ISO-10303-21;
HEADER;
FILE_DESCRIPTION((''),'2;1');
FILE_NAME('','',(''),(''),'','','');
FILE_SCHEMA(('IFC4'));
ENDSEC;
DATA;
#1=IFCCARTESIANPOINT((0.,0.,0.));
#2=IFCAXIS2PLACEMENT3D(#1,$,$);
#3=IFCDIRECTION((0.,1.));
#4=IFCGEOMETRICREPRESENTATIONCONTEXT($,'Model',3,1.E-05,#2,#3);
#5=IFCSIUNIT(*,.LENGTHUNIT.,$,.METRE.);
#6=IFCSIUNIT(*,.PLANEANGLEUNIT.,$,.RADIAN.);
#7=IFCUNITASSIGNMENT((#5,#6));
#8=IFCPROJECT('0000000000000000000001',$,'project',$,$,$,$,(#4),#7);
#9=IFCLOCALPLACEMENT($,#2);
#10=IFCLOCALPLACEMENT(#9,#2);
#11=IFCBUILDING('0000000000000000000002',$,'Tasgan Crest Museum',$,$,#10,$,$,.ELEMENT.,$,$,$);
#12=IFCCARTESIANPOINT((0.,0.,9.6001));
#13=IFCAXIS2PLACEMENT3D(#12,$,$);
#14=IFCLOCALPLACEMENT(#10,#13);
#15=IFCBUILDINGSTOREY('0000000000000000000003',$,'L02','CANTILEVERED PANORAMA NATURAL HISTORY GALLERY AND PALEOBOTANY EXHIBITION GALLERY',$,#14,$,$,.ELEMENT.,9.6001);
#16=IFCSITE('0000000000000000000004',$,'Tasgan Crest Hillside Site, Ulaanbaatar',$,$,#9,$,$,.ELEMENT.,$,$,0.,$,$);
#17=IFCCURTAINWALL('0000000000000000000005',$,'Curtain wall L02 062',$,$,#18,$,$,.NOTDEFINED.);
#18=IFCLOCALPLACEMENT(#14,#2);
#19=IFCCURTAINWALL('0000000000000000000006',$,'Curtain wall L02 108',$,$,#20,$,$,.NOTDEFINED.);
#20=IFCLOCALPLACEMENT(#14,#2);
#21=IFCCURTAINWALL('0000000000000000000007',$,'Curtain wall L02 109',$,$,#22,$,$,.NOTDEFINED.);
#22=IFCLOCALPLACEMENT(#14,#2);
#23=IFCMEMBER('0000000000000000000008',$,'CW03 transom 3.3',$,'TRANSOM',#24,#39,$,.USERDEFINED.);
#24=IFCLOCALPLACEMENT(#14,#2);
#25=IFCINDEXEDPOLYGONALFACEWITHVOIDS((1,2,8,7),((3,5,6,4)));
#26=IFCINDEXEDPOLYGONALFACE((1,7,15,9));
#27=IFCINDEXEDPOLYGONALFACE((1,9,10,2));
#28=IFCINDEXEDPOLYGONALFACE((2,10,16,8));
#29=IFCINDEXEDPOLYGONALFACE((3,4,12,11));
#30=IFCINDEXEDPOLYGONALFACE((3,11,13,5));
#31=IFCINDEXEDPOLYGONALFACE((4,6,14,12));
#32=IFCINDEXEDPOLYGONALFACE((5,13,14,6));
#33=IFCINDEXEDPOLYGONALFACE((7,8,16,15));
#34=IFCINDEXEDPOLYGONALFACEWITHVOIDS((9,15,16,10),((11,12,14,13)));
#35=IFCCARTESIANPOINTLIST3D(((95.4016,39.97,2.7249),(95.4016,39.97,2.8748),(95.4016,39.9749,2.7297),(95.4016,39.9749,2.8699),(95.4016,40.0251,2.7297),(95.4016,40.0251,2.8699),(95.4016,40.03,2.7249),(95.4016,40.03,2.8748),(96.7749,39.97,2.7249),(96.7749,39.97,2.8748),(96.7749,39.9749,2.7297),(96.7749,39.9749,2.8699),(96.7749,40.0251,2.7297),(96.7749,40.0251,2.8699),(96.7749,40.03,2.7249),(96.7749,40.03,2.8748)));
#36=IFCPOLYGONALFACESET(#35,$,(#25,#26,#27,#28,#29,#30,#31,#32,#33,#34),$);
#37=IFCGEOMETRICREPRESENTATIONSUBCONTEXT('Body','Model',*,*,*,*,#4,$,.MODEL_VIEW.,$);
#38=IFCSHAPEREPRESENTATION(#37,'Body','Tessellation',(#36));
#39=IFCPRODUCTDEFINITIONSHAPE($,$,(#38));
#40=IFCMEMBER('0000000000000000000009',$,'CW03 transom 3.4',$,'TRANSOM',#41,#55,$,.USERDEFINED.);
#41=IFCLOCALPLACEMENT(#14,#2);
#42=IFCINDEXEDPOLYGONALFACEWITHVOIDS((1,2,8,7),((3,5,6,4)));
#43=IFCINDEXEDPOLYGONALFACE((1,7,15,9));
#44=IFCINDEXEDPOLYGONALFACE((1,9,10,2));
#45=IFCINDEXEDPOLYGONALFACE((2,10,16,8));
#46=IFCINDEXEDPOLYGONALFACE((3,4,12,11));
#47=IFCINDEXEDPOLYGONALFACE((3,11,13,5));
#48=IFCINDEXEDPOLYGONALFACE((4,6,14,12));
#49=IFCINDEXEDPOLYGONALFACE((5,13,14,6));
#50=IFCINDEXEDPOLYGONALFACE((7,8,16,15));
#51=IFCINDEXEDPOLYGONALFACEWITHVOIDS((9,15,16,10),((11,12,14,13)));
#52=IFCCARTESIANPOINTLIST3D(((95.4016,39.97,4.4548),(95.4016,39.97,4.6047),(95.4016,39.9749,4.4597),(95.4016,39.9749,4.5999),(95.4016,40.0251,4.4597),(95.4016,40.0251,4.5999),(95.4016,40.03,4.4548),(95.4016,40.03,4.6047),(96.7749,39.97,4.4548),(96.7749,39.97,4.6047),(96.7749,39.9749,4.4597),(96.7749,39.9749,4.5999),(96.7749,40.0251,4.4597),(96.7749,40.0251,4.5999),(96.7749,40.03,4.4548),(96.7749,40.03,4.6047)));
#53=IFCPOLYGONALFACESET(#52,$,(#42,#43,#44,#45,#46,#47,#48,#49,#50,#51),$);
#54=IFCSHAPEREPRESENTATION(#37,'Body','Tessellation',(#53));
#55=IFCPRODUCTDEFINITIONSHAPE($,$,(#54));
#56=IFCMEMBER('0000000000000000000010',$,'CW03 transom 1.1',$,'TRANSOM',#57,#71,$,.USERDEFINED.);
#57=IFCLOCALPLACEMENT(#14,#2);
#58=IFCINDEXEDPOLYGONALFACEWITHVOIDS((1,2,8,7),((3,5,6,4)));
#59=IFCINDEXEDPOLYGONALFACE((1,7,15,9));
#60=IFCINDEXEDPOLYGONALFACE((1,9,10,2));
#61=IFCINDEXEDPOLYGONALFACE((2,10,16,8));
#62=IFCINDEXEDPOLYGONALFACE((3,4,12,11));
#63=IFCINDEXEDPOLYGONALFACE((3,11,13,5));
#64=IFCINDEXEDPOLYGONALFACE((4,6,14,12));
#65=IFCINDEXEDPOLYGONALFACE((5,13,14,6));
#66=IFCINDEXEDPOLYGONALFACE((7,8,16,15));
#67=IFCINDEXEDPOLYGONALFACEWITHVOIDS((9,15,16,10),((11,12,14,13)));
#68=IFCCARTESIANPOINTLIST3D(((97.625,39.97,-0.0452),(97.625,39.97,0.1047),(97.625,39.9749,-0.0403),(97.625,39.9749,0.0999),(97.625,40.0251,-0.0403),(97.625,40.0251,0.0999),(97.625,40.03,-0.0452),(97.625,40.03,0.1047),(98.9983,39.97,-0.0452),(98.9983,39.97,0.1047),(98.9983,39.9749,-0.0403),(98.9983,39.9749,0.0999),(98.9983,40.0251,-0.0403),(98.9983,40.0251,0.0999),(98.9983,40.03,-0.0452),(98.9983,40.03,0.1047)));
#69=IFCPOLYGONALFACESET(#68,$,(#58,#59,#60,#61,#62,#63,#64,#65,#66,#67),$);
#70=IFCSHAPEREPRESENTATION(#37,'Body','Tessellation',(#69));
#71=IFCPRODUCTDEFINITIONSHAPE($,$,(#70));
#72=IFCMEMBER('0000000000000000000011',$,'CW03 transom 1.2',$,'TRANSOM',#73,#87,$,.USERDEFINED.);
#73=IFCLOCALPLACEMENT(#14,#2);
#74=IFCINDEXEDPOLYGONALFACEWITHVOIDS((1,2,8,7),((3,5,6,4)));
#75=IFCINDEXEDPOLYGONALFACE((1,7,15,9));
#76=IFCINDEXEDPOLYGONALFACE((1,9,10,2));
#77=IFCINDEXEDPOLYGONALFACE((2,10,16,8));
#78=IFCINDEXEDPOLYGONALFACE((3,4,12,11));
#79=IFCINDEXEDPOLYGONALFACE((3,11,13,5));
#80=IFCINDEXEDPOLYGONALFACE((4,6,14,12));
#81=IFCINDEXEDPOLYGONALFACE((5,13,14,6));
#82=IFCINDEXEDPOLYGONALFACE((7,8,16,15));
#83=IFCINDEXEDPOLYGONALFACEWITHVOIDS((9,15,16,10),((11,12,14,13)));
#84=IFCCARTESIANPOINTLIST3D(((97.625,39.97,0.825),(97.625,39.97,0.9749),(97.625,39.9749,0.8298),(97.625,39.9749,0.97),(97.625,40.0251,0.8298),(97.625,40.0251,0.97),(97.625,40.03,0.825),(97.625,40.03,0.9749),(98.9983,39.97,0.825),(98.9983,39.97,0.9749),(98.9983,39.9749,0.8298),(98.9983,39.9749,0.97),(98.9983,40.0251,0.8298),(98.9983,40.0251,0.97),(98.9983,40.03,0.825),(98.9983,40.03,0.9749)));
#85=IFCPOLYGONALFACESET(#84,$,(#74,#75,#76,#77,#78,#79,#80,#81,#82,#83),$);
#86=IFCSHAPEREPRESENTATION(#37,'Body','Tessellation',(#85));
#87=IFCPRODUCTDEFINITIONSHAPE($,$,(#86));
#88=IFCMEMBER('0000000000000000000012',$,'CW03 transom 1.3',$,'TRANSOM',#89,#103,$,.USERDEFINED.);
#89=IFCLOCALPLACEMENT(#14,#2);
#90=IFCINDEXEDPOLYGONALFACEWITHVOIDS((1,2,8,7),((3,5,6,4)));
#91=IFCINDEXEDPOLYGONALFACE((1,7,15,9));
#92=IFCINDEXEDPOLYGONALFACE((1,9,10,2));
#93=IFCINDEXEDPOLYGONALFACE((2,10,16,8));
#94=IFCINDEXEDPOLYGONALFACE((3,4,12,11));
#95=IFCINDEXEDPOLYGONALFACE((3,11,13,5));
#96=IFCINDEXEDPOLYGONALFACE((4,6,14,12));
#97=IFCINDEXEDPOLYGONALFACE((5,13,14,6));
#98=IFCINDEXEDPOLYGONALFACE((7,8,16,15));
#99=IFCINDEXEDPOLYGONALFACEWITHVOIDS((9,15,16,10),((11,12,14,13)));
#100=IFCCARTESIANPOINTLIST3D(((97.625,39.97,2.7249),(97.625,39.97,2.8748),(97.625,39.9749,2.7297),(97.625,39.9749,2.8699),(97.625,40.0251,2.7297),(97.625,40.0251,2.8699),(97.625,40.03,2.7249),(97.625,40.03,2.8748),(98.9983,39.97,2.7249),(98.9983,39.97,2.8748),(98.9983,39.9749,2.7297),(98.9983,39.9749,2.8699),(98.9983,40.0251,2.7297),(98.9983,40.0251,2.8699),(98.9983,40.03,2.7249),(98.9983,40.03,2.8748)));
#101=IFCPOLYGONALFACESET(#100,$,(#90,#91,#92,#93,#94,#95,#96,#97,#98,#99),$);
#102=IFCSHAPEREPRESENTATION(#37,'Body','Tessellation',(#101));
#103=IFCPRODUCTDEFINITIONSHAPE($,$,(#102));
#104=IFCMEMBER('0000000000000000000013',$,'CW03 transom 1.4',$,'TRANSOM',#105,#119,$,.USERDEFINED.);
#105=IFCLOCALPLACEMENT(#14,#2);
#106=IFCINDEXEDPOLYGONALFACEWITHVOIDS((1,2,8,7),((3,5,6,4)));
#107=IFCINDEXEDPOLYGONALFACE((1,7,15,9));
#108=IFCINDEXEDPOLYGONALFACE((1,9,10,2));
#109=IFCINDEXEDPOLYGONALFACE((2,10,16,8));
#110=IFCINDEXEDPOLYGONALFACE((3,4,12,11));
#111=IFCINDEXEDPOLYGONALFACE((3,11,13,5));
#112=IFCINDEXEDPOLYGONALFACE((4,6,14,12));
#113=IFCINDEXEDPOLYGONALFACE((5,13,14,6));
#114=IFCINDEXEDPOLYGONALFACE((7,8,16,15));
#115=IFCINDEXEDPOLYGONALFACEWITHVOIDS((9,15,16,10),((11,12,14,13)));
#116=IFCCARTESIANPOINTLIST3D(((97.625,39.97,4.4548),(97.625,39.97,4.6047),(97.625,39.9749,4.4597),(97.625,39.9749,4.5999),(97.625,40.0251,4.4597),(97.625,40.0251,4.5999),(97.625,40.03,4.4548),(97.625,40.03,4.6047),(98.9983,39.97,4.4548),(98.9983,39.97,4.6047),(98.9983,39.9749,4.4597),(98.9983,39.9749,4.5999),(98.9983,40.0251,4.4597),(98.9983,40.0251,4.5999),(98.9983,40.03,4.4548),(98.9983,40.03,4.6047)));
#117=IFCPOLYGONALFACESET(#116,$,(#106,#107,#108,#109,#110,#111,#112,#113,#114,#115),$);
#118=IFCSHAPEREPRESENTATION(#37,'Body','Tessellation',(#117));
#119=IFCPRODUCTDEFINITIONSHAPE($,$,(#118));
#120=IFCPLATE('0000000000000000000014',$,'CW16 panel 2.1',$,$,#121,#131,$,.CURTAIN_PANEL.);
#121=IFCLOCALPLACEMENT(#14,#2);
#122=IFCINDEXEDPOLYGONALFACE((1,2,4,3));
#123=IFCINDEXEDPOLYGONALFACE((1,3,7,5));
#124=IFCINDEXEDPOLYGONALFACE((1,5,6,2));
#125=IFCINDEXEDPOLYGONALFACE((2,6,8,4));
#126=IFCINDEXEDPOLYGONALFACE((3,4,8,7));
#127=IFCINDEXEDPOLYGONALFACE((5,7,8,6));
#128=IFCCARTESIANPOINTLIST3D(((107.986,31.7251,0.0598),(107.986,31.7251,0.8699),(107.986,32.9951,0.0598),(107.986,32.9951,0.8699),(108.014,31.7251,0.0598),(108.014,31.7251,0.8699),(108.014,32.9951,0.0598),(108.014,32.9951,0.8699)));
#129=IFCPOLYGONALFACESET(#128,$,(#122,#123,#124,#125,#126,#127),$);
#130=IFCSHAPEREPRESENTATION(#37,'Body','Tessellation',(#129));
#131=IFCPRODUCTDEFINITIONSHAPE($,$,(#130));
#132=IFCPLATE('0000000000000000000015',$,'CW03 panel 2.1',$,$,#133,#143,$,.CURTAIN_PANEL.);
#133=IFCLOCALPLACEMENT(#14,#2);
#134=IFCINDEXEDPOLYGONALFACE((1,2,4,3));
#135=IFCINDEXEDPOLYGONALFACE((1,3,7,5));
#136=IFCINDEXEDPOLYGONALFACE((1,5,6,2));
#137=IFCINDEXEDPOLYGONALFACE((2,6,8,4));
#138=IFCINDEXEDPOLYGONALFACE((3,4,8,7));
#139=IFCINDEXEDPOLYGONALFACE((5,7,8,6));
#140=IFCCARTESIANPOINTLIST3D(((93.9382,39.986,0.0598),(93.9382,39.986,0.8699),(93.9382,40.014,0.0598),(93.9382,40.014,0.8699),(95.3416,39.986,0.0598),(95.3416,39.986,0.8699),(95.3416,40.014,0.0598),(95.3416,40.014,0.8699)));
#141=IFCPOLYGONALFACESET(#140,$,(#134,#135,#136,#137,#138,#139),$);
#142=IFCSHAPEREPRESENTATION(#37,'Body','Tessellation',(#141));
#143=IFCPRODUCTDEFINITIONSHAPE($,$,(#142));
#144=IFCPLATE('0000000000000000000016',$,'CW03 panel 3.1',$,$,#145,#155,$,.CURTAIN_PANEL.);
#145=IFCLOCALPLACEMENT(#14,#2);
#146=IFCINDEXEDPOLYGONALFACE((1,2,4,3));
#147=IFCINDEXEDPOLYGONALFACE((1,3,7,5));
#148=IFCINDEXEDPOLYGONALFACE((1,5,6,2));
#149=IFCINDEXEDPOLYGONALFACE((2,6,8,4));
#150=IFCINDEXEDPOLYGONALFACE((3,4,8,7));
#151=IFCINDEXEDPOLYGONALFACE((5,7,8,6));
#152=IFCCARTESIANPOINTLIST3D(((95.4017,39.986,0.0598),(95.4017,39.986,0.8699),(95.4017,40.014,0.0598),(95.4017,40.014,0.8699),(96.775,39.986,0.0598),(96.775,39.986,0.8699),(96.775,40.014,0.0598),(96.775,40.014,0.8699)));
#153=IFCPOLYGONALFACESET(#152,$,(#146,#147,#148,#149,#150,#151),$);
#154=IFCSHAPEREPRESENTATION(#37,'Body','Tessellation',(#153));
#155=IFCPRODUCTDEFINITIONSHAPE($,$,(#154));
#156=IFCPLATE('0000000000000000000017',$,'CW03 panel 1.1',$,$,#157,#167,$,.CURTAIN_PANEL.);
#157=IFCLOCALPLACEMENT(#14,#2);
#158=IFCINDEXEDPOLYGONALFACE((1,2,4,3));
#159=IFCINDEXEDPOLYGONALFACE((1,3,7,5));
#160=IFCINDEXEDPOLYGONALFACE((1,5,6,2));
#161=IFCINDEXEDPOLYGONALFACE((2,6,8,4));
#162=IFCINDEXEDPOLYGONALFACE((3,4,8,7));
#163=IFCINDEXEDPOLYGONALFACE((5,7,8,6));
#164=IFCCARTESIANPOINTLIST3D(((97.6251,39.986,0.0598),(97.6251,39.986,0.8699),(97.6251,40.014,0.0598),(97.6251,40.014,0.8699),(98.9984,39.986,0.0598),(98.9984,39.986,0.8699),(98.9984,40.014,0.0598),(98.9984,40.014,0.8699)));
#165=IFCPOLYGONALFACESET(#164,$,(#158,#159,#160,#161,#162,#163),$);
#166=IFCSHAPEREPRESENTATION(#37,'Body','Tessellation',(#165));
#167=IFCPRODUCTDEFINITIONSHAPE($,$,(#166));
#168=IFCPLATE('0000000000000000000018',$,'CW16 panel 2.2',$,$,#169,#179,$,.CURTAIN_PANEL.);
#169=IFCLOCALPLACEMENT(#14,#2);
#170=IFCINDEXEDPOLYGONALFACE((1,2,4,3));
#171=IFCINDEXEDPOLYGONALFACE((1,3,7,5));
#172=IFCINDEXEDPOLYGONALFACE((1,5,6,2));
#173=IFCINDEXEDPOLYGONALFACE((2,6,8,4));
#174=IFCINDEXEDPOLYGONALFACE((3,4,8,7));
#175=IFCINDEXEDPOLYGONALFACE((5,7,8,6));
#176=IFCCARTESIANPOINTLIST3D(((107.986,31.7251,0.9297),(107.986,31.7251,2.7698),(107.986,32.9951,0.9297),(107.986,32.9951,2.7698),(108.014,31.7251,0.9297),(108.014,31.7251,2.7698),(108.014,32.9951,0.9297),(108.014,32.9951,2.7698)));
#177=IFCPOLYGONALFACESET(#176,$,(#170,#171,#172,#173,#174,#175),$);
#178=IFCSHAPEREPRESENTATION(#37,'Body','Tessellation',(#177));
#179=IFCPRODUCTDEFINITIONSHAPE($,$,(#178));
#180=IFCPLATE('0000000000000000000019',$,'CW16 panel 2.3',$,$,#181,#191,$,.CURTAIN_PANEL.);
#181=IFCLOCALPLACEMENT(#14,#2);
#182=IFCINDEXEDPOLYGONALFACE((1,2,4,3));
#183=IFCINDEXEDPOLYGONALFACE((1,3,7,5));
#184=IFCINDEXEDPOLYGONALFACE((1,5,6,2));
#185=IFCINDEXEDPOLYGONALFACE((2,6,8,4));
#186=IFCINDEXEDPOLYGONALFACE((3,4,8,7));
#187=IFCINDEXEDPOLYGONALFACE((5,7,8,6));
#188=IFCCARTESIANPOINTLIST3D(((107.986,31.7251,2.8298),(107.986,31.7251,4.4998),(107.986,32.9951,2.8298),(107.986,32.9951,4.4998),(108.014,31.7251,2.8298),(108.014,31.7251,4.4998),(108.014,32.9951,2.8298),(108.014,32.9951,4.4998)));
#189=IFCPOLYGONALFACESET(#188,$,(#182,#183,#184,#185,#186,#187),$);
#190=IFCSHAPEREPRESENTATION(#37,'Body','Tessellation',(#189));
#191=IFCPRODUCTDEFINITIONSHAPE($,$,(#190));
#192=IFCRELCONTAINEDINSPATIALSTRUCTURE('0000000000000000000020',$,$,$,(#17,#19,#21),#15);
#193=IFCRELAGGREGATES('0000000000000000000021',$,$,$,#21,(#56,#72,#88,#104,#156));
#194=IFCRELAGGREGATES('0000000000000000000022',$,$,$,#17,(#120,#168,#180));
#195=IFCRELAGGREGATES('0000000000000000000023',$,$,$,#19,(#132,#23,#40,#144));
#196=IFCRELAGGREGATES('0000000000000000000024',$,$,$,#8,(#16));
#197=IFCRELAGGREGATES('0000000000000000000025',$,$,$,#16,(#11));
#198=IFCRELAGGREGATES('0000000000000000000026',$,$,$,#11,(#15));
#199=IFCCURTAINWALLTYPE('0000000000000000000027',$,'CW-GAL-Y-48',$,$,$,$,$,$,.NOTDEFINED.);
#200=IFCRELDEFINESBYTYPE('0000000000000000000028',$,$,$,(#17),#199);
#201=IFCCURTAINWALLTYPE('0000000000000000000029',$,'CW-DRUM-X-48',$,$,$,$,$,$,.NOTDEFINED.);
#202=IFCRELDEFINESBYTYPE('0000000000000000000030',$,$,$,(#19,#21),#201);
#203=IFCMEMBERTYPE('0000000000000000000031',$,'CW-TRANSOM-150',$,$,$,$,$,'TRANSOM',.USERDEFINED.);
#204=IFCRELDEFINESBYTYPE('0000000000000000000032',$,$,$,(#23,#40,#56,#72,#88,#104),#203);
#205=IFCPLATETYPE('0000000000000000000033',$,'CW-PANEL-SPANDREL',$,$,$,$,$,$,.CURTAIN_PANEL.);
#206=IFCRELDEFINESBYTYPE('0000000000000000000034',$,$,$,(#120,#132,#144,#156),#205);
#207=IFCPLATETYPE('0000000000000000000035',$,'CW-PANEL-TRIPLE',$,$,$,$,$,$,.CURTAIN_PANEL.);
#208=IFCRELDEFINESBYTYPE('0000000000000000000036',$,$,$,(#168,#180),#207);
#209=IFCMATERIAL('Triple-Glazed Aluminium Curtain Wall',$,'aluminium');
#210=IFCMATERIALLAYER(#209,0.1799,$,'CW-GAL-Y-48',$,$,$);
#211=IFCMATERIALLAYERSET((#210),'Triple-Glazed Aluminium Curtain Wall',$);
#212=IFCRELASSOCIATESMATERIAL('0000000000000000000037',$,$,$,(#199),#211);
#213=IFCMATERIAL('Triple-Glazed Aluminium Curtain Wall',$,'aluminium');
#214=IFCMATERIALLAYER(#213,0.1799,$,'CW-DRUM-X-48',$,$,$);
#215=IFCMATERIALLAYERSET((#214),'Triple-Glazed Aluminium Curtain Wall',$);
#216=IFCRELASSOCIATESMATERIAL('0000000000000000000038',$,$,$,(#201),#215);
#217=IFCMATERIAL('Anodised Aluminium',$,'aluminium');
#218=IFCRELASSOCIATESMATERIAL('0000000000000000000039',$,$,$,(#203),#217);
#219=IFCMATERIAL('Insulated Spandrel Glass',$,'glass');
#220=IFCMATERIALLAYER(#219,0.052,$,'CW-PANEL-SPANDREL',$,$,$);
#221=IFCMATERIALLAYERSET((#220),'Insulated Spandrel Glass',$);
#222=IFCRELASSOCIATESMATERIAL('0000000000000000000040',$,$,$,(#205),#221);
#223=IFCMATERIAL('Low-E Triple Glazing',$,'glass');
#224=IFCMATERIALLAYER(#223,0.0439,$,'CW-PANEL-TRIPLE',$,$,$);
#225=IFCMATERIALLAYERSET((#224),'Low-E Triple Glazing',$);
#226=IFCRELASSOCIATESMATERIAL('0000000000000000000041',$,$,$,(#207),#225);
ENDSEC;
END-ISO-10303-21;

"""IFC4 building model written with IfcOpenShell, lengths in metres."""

from ifc_helpers import new_model, si_unit, direction, frame, origin, origin_2d, place, context, subcontext, project, spatial, rectangle, hollow_rectangle, extrude, material, layer, layer_set, material_profile, profile_set, type_object, element, aggregate, save


model = new_model("IFC4")

# Units and contexts
model_context = context("Model", 3, precision=1e-05, world=origin(), true_north=direction((0.0, 1.0)))
body_context = subcontext(model_context, "Body", "Model", "MODEL_VIEW")
ifc_project = project(units=[si_unit("LENGTHUNIT", "METRE"), si_unit("PLANEANGLEUNIT", "RADIAN")], contexts=[model_context])

# Site, building, storey
site_placement = place(None, origin())
site = spatial("IfcSite", under=ifc_project, at=site_placement, Name="Tasgan Crest Hillside Site, Ulaanbaatar", CompositionType="ELEMENT", RefElevation=0.0)
building_placement = place(site_placement, origin())
building = spatial("IfcBuilding", under=site, at=building_placement, Name="Tasgan Crest Museum", CompositionType="ELEMENT")
storey_placement = place(building_placement, frame((0.0, 0.0, 9.6001)))
storey = spatial("IfcBuildingStorey", under=building, at=storey_placement, Name="L02", Description="CANTILEVERED PANORAMA NATURAL HISTORY GALLERY AND PALEOBOTANY EXHIBITION GALLERY", CompositionType="ELEMENT", Elevation=9.6001)

# Curtain wall
ifc_material_1 = material(Name="Triple-Glazed Aluminium Curtain Wall", Category="aluminium")
ifc_layer_1 = layer(ifc_material_1, 0.1799, Name="CW-GAL-Y-48")
ifc_layer_set_1 = layer_set([ifc_layer_1], Name="Triple-Glazed Aluminium Curtain Wall")
curtain_wall_type_1 = type_object("IfcCurtainWallType", Name="CW-GAL-Y-48", PredefinedType="NOTDEFINED", material=ifc_layer_set_1)
curtain_wall_1_placement = place(storey_placement, origin())
curtain_wall_1 = element("IfcCurtainWall", 1, at=curtain_wall_1_placement, inside=storey, type_object=curtain_wall_type_1, Name="Curtain wall L02 062", PredefinedType="NOTDEFINED")

# Curtain wall
ifc_material_2 = material(Name="Triple-Glazed Aluminium Curtain Wall", Category="aluminium")
ifc_layer_2 = layer(ifc_material_2, 0.1799, Name="CW-DRUM-X-48")
ifc_layer_set_2 = layer_set([ifc_layer_2], Name="Triple-Glazed Aluminium Curtain Wall")
curtain_wall_type_2 = type_object("IfcCurtainWallType", Name="CW-DRUM-X-48", PredefinedType="NOTDEFINED", material=ifc_layer_set_2)
curtain_wall_2_placement = place(storey_placement, origin())
curtain_wall_2 = element("IfcCurtainWall", 2, at=curtain_wall_2_placement, inside=storey, type_object=curtain_wall_type_2, Name="Curtain wall L02 108", PredefinedType="NOTDEFINED")

# Curtain wall
curtain_wall_3_placement = place(storey_placement, origin())
curtain_wall_3 = element("IfcCurtainWall", 3, at=curtain_wall_3_placement, inside=storey, type_object=curtain_wall_type_2, Name="Curtain wall L02 109", PredefinedType="NOTDEFINED")

# Members
ifc_material_3 = material(Name="Anodised Aluminium", Category="aluminium")
ifc_material_profile_1 = material_profile(ifc_material_3, hollow_rectangle(XDim=0.0601, YDim=0.1499, WallThickness=0.0049, at=origin_2d()), Name="ALU TRANSOM 150x60x5")
ifc_profile_set_1 = profile_set([ifc_material_profile_1], Name="Anodised Aluminium")
member_type_1 = type_object("IfcMemberType", Name="CW-TRANSOM-150", ElementType="TRANSOM", PredefinedType="USERDEFINED", material=ifc_profile_set_1)
member_1_placement = place(storey_placement, frame((95.4016, 40.0, 2.7998), z_axis=(1.0, 0.0, 0.0), x_axis=(0.0, 1.0, 0.0)))
member_1 = element("IfcMember", 4, at=member_1_placement, type_object=member_type_1, Name="CW03 transom 3.3", ObjectType="TRANSOM", PredefinedType="USERDEFINED", context=body_context, shape_type="SweptSolid", body=[
    extrude(hollow_rectangle(XDim=0.0601, YDim=0.1499, WallThickness=0.0049, at=origin_2d()), origin(), (0.0, 0.0, 1.0), 1.3733),
])
member_2_placement = place(storey_placement, frame((95.4016, 40.0, 4.5298), z_axis=(1.0, 0.0, 0.0), x_axis=(0.0, 1.0, 0.0)))
member_2 = element("IfcMember", 5, at=member_2_placement, type_object=member_type_1, Name="CW03 transom 3.4", ObjectType="TRANSOM", PredefinedType="USERDEFINED", context=body_context, shape_type="SweptSolid", body=[
    extrude(hollow_rectangle(XDim=0.0601, YDim=0.1499, WallThickness=0.0049, at=origin_2d()), origin(), (0.0, 0.0, 1.0), 1.3733),
])
member_3_placement = place(storey_placement, frame((97.625, 40.0, 0.0298), z_axis=(1.0, 0.0, 0.0), x_axis=(0.0, 1.0, 0.0)))
member_3 = element("IfcMember", 6, at=member_3_placement, type_object=member_type_1, Name="CW03 transom 1.1", ObjectType="TRANSOM", PredefinedType="USERDEFINED", context=body_context, shape_type="SweptSolid", body=[
    extrude(hollow_rectangle(XDim=0.0601, YDim=0.1499, WallThickness=0.0049, at=origin_2d()), origin(), (0.0, 0.0, 1.0), 1.3733),
])
member_4_placement = place(storey_placement, frame((97.625, 40.0, 0.8999), z_axis=(1.0, 0.0, 0.0), x_axis=(0.0, 1.0, 0.0)))
member_4 = element("IfcMember", 7, at=member_4_placement, type_object=member_type_1, Name="CW03 transom 1.2", ObjectType="TRANSOM", PredefinedType="USERDEFINED", context=body_context, shape_type="SweptSolid", body=[
    extrude(hollow_rectangle(XDim=0.0601, YDim=0.1499, WallThickness=0.0049, at=origin_2d()), origin(), (0.0, 0.0, 1.0), 1.3733),
])
member_5_placement = place(storey_placement, frame((97.625, 40.0, 2.7998), z_axis=(1.0, 0.0, 0.0), x_axis=(0.0, 1.0, 0.0)))
member_5 = element("IfcMember", 8, at=member_5_placement, type_object=member_type_1, Name="CW03 transom 1.3", ObjectType="TRANSOM", PredefinedType="USERDEFINED", context=body_context, shape_type="SweptSolid", body=[
    extrude(hollow_rectangle(XDim=0.0601, YDim=0.1499, WallThickness=0.0049, at=origin_2d()), origin(), (0.0, 0.0, 1.0), 1.3733),
])
member_6_placement = place(storey_placement, frame((97.625, 40.0, 4.5298), z_axis=(1.0, 0.0, 0.0), x_axis=(0.0, 1.0, 0.0)))
member_6 = element("IfcMember", 9, at=member_6_placement, type_object=member_type_1, Name="CW03 transom 1.4", ObjectType="TRANSOM", PredefinedType="USERDEFINED", context=body_context, shape_type="SweptSolid", body=[
    extrude(hollow_rectangle(XDim=0.0601, YDim=0.1499, WallThickness=0.0049, at=origin_2d()), origin(), (0.0, 0.0, 1.0), 1.3733),
])

# Plates
ifc_material_4 = material(Name="Insulated Spandrel Glass", Category="glass")
ifc_layer_3 = layer(ifc_material_4, 0.052, Name="CW-PANEL-SPANDREL")
ifc_layer_set_3 = layer_set([ifc_layer_3], Name="Insulated Spandrel Glass")
plate_type_1 = type_object("IfcPlateType", Name="CW-PANEL-SPANDREL", PredefinedType="CURTAIN_PANEL", material=ifc_layer_set_3)
plate_1_placement = place(storey_placement, frame((108.0, 32.3601, 0.0598), z_axis=(0.0, 0.0, 1.0), x_axis=(0.0, -1.0, 0.0)))
plate_1 = element("IfcPlate", 10, at=plate_1_placement, type_object=plate_type_1, Name="CW16 panel 2.1", PredefinedType="CURTAIN_PANEL", context=body_context, shape_type="SweptSolid", body=[
    extrude(rectangle(XDim=1.27, YDim=0.0281, at=origin_2d()), origin(), (0.0, 0.0, 1.0), 0.8101),
])
plate_2_placement = place(storey_placement, frame((94.6399, 40.0, 0.0598), z_axis=(0.0, 0.0, 1.0), x_axis=(1.0, 0.0, 0.0)))
plate_2 = element("IfcPlate", 11, at=plate_2_placement, type_object=plate_type_1, Name="CW03 panel 2.1", PredefinedType="CURTAIN_PANEL", context=body_context, shape_type="SweptSolid", body=[
    extrude(rectangle(XDim=1.4033, YDim=0.0281, at=origin_2d()), origin(), (0.0, 0.0, 1.0), 0.8101),
])
plate_3_placement = place(storey_placement, frame((96.0884, 40.0, 0.0598), z_axis=(0.0, 0.0, 1.0), x_axis=(1.0, 0.0, 0.0)))
plate_3 = element("IfcPlate", 12, at=plate_3_placement, type_object=plate_type_1, Name="CW03 panel 3.1", PredefinedType="CURTAIN_PANEL", context=body_context, shape_type="SweptSolid", body=[
    extrude(rectangle(XDim=1.3733, YDim=0.0281, at=origin_2d()), origin(), (0.0, 0.0, 1.0), 0.8101),
])
plate_4_placement = place(storey_placement, frame((98.3118, 40.0, 0.0598), z_axis=(0.0, 0.0, 1.0), x_axis=(1.0, 0.0, 0.0)))
plate_4 = element("IfcPlate", 13, at=plate_4_placement, type_object=plate_type_1, Name="CW03 panel 1.1", PredefinedType="CURTAIN_PANEL", context=body_context, shape_type="SweptSolid", body=[
    extrude(rectangle(XDim=1.3733, YDim=0.0281, at=origin_2d()), origin(), (0.0, 0.0, 1.0), 0.8101),
])
aggregate(curtain_wall_3, [member_3, member_4, member_5, member_6, plate_4])
ifc_material_5 = material(Name="Low-E Triple Glazing", Category="glass")
ifc_layer_4 = layer(ifc_material_5, 0.0439, Name="CW-PANEL-TRIPLE")
ifc_layer_set_4 = layer_set([ifc_layer_4], Name="Low-E Triple Glazing")
plate_type_2 = type_object("IfcPlateType", Name="CW-PANEL-TRIPLE", PredefinedType="CURTAIN_PANEL", material=ifc_layer_set_4)
plate_5_placement = place(storey_placement, frame((108.0, 32.3601, 0.9297), z_axis=(0.0, 0.0, 1.0), x_axis=(0.0, -1.0, 0.0)))
plate_5 = element("IfcPlate", 14, at=plate_5_placement, type_object=plate_type_2, Name="CW16 panel 2.2", PredefinedType="CURTAIN_PANEL", context=body_context, shape_type="SweptSolid", body=[
    extrude(rectangle(XDim=1.27, YDim=0.0281, at=origin_2d()), origin(), (0.0, 0.0, 1.0), 1.8401),
])
plate_6_placement = place(storey_placement, frame((108.0, 32.3601, 2.8298), z_axis=(0.0, 0.0, 1.0), x_axis=(0.0, -1.0, 0.0)))
plate_6 = element("IfcPlate", 15, at=plate_6_placement, type_object=plate_type_2, Name="CW16 panel 2.3", PredefinedType="CURTAIN_PANEL", context=body_context, shape_type="SweptSolid", body=[
    extrude(rectangle(XDim=1.27, YDim=0.0281, at=origin_2d()), origin(), (0.0, 0.0, 1.0), 1.6699),
])
aggregate(curtain_wall_1, [plate_1, plate_5, plate_6])
aggregate(curtain_wall_2, [plate_2, member_1, member_2, plate_3])

save(model, "model.ifc")
